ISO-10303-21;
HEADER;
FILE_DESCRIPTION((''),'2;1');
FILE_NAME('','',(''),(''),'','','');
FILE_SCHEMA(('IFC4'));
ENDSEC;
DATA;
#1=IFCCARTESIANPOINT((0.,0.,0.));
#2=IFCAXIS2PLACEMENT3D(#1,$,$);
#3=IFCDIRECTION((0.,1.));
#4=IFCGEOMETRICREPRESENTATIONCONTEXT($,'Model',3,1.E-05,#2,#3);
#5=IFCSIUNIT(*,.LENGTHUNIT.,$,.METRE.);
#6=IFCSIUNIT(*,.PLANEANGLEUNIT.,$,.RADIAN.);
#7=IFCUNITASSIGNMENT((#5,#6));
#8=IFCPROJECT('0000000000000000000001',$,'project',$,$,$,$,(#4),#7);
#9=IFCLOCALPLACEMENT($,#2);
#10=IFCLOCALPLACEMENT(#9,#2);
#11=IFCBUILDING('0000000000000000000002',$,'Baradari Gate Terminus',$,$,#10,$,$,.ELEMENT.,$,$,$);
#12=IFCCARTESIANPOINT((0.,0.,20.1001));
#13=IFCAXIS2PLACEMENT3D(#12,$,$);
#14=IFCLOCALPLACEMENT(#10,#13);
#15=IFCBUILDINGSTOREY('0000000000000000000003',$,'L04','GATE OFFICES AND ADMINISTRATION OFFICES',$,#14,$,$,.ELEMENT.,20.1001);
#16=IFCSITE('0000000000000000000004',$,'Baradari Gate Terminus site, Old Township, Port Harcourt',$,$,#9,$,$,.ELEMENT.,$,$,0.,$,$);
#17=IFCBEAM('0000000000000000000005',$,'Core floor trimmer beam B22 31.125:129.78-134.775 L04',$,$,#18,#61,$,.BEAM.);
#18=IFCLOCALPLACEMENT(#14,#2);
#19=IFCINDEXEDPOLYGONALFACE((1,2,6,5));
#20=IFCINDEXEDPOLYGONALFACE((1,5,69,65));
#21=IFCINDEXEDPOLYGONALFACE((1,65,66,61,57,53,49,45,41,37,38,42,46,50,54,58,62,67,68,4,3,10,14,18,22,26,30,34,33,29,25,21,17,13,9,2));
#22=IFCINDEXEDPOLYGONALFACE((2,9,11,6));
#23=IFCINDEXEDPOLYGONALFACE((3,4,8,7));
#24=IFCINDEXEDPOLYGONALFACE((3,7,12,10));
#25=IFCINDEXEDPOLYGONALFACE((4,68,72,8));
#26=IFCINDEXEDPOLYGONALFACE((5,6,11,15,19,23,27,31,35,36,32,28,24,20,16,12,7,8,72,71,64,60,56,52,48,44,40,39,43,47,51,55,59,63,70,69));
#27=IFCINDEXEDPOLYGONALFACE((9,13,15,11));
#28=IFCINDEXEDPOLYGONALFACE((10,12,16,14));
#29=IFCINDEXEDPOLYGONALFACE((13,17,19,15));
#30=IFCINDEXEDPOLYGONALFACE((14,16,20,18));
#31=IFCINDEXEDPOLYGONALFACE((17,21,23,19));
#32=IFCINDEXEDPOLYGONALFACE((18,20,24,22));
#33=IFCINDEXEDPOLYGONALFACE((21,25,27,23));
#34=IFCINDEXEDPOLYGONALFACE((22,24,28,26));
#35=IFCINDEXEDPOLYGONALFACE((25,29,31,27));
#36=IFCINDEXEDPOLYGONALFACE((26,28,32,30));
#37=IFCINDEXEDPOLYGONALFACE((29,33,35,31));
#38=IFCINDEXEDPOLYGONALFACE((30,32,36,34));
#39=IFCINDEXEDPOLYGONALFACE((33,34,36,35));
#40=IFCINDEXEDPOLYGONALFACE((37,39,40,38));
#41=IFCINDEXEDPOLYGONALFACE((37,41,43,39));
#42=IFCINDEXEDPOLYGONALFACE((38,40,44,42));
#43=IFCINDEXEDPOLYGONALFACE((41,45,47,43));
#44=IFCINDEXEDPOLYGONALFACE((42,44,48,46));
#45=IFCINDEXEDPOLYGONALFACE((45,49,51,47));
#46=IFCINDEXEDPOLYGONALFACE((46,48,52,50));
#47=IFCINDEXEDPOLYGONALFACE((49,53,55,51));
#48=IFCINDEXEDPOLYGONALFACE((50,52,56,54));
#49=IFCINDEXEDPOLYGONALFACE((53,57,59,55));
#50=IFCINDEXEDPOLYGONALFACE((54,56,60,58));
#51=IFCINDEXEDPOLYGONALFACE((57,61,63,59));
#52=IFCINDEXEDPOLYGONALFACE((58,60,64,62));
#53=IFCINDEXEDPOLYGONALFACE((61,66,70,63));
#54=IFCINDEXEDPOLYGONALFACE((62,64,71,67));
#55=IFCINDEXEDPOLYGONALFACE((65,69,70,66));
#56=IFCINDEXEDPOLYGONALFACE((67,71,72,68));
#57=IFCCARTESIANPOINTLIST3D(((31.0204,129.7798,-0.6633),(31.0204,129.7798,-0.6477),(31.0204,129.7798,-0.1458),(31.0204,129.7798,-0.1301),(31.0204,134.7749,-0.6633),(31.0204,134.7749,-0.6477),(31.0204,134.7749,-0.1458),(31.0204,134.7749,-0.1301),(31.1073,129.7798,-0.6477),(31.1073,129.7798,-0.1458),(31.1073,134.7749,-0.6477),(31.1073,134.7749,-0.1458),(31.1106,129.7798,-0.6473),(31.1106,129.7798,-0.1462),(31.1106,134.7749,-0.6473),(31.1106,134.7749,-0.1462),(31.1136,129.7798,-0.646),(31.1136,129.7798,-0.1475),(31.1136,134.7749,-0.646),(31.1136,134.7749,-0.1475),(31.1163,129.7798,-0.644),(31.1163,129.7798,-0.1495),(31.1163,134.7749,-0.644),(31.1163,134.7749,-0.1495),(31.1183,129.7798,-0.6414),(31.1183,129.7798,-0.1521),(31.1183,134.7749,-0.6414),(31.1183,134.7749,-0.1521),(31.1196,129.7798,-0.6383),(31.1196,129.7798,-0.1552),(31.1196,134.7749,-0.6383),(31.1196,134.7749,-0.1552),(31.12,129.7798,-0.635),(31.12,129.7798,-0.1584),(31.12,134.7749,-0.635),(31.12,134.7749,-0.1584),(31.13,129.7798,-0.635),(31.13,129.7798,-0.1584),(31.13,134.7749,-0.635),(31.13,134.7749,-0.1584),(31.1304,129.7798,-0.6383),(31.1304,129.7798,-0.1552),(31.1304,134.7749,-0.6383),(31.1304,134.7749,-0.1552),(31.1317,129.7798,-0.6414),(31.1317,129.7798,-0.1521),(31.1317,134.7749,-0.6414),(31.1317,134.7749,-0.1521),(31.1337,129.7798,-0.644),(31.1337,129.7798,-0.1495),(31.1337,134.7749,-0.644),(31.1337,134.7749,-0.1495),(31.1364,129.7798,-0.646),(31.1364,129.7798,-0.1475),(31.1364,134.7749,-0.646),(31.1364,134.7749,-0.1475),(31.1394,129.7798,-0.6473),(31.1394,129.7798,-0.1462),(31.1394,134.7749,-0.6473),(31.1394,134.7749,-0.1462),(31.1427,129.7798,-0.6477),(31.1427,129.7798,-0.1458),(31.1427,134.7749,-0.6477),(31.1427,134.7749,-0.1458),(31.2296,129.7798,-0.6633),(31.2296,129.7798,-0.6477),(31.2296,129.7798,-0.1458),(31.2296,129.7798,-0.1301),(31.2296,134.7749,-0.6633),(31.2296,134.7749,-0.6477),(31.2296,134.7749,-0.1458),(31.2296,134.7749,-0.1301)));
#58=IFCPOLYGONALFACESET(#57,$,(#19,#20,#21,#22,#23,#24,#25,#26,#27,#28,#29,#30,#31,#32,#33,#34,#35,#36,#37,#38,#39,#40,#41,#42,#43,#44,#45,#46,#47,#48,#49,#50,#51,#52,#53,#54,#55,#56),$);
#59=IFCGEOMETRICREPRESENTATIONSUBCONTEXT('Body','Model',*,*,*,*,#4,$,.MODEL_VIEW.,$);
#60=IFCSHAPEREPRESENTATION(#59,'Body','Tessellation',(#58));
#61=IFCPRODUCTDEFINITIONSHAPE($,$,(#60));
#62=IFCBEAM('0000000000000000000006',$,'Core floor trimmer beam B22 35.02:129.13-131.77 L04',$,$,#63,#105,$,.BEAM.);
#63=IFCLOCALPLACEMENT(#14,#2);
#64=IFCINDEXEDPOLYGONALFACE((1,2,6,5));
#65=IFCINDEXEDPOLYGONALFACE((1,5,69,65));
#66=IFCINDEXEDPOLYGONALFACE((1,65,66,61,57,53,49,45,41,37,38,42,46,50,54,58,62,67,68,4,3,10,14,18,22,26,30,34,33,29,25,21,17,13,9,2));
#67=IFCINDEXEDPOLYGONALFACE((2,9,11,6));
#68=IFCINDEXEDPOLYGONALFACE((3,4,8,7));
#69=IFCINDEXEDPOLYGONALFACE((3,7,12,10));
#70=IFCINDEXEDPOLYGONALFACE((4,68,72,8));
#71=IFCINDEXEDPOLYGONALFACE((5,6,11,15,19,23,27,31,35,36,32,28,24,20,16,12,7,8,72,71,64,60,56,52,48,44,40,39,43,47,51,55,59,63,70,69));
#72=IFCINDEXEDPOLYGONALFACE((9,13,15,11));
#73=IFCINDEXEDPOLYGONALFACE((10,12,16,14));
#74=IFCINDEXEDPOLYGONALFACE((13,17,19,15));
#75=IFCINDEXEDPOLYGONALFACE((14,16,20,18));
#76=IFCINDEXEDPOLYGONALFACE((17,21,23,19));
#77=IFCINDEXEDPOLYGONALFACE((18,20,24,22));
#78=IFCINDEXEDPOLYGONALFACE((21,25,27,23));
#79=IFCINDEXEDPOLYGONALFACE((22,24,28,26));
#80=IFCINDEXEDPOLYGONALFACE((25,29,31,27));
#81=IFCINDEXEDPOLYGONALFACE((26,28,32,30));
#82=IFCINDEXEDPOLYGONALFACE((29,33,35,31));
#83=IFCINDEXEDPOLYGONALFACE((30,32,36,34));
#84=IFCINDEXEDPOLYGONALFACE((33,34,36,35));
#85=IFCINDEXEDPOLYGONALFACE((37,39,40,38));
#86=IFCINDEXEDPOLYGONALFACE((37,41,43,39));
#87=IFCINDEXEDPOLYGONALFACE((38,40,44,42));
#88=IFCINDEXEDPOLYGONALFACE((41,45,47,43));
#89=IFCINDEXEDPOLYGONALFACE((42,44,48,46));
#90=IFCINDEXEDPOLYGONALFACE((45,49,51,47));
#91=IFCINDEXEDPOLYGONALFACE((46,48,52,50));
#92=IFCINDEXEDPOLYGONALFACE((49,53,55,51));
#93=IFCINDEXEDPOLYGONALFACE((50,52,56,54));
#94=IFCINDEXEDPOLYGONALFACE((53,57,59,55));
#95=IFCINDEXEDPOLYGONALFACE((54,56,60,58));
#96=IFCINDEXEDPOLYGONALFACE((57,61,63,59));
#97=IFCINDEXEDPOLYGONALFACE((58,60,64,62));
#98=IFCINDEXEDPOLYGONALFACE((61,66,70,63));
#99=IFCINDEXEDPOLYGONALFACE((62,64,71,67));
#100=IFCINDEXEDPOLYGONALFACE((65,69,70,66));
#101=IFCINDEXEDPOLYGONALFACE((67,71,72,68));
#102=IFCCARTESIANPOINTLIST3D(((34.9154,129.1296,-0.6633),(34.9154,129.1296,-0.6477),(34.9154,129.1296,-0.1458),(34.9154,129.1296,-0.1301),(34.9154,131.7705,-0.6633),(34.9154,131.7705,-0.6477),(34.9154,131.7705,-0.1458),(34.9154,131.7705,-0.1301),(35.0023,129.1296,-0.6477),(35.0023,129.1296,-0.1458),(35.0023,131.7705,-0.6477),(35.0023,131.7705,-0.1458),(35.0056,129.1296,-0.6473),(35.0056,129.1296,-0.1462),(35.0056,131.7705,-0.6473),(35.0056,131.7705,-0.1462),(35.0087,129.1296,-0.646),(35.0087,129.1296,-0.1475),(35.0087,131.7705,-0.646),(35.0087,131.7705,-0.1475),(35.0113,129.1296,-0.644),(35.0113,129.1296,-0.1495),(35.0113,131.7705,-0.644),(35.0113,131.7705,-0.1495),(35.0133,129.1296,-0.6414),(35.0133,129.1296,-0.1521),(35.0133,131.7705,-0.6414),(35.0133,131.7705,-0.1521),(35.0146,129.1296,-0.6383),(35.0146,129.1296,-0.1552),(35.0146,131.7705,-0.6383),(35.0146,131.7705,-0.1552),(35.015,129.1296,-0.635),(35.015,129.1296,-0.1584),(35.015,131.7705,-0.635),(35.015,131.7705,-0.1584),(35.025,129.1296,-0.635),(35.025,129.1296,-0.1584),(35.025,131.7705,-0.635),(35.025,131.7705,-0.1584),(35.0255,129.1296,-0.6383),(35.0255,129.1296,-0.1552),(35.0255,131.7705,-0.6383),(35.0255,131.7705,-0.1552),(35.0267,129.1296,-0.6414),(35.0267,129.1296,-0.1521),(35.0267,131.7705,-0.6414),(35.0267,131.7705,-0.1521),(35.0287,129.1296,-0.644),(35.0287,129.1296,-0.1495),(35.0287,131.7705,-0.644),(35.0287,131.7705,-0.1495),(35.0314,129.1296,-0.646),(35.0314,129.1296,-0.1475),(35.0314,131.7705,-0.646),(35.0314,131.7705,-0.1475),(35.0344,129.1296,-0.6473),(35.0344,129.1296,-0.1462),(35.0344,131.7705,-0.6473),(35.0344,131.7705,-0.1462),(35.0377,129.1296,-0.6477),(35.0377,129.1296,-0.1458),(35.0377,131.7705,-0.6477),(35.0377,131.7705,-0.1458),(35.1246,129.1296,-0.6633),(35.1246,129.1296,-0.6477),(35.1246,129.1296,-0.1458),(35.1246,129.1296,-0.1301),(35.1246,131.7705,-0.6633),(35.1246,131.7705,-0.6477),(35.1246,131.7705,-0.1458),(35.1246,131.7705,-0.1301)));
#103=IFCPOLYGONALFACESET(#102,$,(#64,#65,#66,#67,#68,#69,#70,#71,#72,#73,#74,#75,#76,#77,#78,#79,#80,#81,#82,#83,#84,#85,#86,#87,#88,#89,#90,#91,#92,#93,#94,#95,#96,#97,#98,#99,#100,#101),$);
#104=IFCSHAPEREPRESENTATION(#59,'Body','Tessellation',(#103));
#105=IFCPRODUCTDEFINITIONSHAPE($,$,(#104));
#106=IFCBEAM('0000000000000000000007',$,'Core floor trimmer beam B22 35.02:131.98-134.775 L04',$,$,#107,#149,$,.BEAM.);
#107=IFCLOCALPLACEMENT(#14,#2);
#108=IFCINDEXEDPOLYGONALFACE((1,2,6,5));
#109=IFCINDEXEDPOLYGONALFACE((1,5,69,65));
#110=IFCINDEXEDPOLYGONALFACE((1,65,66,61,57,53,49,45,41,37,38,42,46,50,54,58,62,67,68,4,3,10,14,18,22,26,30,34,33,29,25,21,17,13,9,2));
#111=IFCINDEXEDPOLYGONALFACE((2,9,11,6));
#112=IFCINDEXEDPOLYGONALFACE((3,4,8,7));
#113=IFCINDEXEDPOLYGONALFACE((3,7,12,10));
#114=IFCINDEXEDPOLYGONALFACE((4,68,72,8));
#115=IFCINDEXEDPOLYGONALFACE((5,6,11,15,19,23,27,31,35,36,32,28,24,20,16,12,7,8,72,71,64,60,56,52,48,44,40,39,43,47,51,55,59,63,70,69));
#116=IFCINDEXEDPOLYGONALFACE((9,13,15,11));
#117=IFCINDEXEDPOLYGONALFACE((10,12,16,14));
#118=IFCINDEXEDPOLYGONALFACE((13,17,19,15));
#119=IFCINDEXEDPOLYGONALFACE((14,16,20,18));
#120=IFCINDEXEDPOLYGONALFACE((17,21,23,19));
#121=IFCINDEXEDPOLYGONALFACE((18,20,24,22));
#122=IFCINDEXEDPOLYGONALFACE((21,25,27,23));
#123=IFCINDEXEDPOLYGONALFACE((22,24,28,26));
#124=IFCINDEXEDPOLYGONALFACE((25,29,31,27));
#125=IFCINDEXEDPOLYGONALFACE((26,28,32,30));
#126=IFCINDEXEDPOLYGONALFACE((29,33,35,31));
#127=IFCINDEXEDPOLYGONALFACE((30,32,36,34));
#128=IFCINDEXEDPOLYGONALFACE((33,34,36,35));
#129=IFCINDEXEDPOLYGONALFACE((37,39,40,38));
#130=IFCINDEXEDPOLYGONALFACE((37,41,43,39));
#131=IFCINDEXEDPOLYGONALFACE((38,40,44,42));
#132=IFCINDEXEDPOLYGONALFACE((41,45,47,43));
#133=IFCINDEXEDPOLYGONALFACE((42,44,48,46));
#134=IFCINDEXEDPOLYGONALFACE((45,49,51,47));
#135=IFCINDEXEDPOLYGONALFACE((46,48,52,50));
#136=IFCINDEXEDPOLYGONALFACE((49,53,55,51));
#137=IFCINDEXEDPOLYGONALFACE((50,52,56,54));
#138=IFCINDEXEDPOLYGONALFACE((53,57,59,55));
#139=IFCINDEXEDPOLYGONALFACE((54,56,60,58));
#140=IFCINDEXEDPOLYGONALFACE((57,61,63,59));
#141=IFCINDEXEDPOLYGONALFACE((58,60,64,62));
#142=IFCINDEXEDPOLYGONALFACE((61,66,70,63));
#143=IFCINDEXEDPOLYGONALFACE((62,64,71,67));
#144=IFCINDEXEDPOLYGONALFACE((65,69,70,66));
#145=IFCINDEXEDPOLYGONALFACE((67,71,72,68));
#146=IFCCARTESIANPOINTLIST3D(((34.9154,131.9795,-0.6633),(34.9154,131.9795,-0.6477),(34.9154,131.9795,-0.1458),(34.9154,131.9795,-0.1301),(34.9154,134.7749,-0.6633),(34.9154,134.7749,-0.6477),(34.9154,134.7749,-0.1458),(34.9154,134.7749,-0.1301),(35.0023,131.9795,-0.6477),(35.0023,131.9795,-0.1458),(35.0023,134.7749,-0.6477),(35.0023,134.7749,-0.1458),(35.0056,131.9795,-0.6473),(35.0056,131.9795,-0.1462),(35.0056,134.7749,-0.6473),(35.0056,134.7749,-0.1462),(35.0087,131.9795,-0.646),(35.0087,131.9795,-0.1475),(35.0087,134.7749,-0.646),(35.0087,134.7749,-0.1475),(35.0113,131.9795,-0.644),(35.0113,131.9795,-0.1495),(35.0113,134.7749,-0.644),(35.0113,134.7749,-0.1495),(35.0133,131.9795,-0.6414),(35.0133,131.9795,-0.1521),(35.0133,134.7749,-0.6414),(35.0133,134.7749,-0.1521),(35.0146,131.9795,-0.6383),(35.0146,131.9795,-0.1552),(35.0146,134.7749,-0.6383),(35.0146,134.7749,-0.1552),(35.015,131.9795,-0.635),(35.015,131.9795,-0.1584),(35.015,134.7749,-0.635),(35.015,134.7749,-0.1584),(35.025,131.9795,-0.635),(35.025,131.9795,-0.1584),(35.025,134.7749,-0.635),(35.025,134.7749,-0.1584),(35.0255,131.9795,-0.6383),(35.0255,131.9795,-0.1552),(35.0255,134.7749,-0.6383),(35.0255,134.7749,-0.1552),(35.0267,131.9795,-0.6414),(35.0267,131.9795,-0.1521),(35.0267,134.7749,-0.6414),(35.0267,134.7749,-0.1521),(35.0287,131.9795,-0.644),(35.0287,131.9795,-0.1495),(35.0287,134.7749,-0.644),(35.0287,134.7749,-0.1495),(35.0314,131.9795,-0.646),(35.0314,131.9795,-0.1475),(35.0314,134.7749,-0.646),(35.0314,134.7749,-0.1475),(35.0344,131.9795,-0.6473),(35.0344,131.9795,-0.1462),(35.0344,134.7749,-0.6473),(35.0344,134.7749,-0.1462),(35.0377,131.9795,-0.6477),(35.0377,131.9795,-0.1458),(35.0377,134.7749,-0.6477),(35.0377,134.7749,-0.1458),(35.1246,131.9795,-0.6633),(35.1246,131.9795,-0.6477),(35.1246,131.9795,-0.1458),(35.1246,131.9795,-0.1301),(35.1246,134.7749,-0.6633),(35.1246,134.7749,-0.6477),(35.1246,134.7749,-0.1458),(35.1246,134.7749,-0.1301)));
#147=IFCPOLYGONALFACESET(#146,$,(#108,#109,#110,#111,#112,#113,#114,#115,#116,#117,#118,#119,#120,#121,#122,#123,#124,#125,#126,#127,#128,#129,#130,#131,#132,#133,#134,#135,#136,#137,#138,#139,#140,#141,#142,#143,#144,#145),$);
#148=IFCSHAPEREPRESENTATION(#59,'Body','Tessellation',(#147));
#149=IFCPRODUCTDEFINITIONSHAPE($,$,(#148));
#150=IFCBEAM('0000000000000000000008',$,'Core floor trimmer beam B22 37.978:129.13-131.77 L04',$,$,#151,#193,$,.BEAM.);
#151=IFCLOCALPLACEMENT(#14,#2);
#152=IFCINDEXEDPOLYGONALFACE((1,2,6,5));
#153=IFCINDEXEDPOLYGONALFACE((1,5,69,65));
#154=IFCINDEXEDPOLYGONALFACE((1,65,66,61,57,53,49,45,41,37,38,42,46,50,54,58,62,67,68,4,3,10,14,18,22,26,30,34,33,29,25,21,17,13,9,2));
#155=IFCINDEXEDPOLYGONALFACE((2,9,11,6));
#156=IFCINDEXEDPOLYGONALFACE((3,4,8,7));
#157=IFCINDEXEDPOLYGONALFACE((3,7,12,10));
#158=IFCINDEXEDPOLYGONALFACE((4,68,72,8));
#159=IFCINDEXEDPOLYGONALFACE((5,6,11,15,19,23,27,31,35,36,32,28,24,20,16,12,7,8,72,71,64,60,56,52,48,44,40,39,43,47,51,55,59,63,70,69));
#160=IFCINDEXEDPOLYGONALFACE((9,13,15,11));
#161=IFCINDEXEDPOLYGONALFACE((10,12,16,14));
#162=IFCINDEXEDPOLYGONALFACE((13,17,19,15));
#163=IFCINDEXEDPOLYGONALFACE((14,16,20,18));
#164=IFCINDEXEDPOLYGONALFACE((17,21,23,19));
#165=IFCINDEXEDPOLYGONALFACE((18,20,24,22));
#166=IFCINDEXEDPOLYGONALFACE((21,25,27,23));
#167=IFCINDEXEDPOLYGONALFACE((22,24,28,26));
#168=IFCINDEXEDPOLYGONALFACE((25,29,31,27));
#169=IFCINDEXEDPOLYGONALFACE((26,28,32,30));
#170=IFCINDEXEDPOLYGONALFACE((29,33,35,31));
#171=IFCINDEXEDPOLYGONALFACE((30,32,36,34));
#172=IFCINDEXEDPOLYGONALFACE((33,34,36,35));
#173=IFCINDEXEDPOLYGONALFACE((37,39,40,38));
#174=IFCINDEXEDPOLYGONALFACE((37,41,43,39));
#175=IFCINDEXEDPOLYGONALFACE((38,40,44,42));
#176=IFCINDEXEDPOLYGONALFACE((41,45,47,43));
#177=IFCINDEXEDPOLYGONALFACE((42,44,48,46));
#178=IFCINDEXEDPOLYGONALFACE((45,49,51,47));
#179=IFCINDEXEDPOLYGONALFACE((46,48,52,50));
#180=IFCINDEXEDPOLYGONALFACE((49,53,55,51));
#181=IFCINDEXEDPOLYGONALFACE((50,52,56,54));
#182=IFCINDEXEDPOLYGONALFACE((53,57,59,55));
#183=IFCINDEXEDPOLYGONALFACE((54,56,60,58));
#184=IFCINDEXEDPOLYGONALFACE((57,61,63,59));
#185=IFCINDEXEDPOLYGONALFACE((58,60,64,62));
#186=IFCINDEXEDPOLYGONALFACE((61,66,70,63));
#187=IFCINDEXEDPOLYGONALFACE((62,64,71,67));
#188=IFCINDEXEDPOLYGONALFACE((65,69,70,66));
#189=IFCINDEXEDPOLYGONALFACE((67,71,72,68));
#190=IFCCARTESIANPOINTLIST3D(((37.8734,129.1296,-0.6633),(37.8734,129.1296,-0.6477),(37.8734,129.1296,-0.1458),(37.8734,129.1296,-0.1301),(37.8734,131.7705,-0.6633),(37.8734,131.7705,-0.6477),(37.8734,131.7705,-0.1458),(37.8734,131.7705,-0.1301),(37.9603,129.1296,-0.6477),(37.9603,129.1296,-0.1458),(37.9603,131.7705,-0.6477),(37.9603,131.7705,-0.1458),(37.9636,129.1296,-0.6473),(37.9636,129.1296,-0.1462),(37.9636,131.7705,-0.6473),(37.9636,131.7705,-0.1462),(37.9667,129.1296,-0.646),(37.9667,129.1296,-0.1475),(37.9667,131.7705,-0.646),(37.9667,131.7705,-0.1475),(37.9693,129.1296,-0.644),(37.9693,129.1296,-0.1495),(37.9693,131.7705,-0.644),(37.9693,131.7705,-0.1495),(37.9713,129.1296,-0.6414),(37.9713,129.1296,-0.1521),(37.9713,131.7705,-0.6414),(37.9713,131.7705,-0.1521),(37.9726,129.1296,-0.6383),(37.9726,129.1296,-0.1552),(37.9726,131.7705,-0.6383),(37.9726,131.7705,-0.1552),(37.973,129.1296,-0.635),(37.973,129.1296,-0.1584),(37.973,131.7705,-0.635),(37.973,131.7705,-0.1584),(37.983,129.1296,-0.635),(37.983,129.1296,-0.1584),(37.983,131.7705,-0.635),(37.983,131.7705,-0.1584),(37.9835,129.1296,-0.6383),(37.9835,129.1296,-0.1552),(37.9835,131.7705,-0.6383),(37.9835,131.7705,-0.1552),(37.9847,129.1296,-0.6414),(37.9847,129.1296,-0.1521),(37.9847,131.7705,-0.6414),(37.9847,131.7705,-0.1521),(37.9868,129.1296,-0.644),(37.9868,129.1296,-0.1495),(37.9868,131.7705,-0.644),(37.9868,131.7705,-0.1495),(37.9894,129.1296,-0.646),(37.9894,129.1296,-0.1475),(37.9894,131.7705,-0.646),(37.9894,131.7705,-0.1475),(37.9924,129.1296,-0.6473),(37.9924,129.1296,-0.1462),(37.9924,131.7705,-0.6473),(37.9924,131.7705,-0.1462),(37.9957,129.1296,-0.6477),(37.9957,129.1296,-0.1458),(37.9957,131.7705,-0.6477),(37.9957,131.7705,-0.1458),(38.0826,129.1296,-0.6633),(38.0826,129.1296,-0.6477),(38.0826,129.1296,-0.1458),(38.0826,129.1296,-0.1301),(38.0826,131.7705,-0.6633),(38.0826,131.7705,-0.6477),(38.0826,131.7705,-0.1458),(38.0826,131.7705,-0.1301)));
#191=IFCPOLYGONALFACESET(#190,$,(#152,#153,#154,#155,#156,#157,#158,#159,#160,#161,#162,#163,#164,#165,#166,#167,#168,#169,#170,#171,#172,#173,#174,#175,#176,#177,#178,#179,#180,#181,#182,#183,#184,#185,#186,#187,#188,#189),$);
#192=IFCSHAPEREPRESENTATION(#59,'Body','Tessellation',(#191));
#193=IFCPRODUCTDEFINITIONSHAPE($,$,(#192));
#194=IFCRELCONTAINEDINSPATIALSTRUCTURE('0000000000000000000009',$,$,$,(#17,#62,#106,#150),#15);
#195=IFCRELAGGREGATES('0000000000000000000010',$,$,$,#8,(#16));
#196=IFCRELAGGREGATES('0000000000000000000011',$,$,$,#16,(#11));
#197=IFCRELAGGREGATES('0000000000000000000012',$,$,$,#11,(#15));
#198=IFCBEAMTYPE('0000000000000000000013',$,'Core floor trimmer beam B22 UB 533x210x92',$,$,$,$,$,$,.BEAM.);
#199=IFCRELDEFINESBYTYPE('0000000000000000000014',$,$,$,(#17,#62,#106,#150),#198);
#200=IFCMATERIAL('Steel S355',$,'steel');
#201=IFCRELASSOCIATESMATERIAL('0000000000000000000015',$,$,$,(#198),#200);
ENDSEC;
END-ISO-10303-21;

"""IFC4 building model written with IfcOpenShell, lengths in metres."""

from ifc_helpers import new_model, si_unit, direction, frame, origin, origin_2d, place, context, subcontext, project, spatial, i_section, extrude, material, material_profile, profile_set, type_object, element, save


model = new_model("IFC4")

# Units and contexts
model_context = context("Model", 3, precision=1e-05, world=origin(), true_north=direction((0.0, 1.0)))
body_context = subcontext(model_context, "Body", "Model", "MODEL_VIEW")
ifc_project = project(units=[si_unit("LENGTHUNIT", "METRE"), si_unit("PLANEANGLEUNIT", "RADIAN")], contexts=[model_context])

# Site, building, storey
site_placement = place(None, origin())
site = spatial("IfcSite", under=ifc_project, at=site_placement, Name="Baradari Gate Terminus site, Old Township, Port Harcourt", CompositionType="ELEMENT", RefElevation=0.0)
building_placement = place(site_placement, origin())
building = spatial("IfcBuilding", under=site, at=building_placement, Name="Baradari Gate Terminus", CompositionType="ELEMENT")
storey_placement = place(building_placement, frame((0.0, 0.0, 20.1001)))
storey = spatial("IfcBuildingStorey", under=building, at=storey_placement, Name="L04", Description="GATE OFFICES AND ADMINISTRATION OFFICES", CompositionType="ELEMENT", Elevation=20.1001)

# Beams
ifc_material_1 = material(Name="Steel S355", Category="steel")
ifc_material_profile_1 = material_profile(ifc_material_1, i_section(OverallWidth=0.2092, OverallDepth=0.5332, WebThickness=0.01, FlangeThickness=0.0156, FilletRadius=0.0127, at=origin_2d()), Name="UB 533x210x92")
ifc_profile_set_1 = profile_set([ifc_material_profile_1], Name="Steel S355")
beam_type_1 = type_object("IfcBeamType", Name="Core floor trimmer beam B22 UB 533x210x92", PredefinedType="BEAM", material=ifc_profile_set_1)
beam_1_placement = place(storey_placement, frame((31.125, 129.7798, -0.3967), z_axis=(0.0, 1.0, 0.0), x_axis=(-1.0, 0.0, 0.0)))
element("IfcBeam", 1, at=beam_1_placement, inside=storey, type_object=beam_type_1, Name="Core floor trimmer beam B22 31.125:129.78-134.775 L04", PredefinedType="BEAM", context=body_context, shape_type="SweptSolid", body=[
    extrude(i_section(OverallWidth=0.2092, OverallDepth=0.5332, WebThickness=0.01, FlangeThickness=0.0156, FilletRadius=0.0127, at=origin_2d()), origin(), (0.0, 0.0, 1.0), 4.9951),
])
beam_2_placement = place(storey_placement, frame((35.02, 129.1296, -0.3967), z_axis=(0.0, 1.0, 0.0), x_axis=(-1.0, 0.0, 0.0)))
element("IfcBeam", 2, at=beam_2_placement, inside=storey, type_object=beam_type_1, Name="Core floor trimmer beam B22 35.02:129.13-131.77 L04", PredefinedType="BEAM", context=body_context, shape_type="SweptSolid", body=[
    extrude(i_section(OverallWidth=0.2092, OverallDepth=0.5332, WebThickness=0.01, FlangeThickness=0.0156, FilletRadius=0.0127, at=origin_2d()), origin(), (0.0, 0.0, 1.0), 2.6409),
])
beam_3_placement = place(storey_placement, frame((35.02, 131.9795, -0.3967), z_axis=(0.0, 1.0, 0.0), x_axis=(-1.0, 0.0, 0.0)))
element("IfcBeam", 3, at=beam_3_placement, inside=storey, type_object=beam_type_1, Name="Core floor trimmer beam B22 35.02:131.98-134.775 L04", PredefinedType="BEAM", context=body_context, shape_type="SweptSolid", body=[
    extrude(i_section(OverallWidth=0.2092, OverallDepth=0.5332, WebThickness=0.01, FlangeThickness=0.0156, FilletRadius=0.0127, at=origin_2d()), origin(), (0.0, 0.0, 1.0), 2.7954),
])
beam_4_placement = place(storey_placement, frame((37.978, 129.1296, -0.3967), z_axis=(0.0, 1.0, 0.0), x_axis=(-1.0, 0.0, 0.0)))
element("IfcBeam", 4, at=beam_4_placement, inside=storey, type_object=beam_type_1, Name="Core floor trimmer beam B22 37.978:129.13-131.77 L04", PredefinedType="BEAM", context=body_context, shape_type="SweptSolid", body=[
    extrude(i_section(OverallWidth=0.2092, OverallDepth=0.5332, WebThickness=0.01, FlangeThickness=0.0156, FilletRadius=0.0127, at=origin_2d()), origin(), (0.0, 0.0, 1.0), 2.6409),
])

save(model, "model.ifc")
